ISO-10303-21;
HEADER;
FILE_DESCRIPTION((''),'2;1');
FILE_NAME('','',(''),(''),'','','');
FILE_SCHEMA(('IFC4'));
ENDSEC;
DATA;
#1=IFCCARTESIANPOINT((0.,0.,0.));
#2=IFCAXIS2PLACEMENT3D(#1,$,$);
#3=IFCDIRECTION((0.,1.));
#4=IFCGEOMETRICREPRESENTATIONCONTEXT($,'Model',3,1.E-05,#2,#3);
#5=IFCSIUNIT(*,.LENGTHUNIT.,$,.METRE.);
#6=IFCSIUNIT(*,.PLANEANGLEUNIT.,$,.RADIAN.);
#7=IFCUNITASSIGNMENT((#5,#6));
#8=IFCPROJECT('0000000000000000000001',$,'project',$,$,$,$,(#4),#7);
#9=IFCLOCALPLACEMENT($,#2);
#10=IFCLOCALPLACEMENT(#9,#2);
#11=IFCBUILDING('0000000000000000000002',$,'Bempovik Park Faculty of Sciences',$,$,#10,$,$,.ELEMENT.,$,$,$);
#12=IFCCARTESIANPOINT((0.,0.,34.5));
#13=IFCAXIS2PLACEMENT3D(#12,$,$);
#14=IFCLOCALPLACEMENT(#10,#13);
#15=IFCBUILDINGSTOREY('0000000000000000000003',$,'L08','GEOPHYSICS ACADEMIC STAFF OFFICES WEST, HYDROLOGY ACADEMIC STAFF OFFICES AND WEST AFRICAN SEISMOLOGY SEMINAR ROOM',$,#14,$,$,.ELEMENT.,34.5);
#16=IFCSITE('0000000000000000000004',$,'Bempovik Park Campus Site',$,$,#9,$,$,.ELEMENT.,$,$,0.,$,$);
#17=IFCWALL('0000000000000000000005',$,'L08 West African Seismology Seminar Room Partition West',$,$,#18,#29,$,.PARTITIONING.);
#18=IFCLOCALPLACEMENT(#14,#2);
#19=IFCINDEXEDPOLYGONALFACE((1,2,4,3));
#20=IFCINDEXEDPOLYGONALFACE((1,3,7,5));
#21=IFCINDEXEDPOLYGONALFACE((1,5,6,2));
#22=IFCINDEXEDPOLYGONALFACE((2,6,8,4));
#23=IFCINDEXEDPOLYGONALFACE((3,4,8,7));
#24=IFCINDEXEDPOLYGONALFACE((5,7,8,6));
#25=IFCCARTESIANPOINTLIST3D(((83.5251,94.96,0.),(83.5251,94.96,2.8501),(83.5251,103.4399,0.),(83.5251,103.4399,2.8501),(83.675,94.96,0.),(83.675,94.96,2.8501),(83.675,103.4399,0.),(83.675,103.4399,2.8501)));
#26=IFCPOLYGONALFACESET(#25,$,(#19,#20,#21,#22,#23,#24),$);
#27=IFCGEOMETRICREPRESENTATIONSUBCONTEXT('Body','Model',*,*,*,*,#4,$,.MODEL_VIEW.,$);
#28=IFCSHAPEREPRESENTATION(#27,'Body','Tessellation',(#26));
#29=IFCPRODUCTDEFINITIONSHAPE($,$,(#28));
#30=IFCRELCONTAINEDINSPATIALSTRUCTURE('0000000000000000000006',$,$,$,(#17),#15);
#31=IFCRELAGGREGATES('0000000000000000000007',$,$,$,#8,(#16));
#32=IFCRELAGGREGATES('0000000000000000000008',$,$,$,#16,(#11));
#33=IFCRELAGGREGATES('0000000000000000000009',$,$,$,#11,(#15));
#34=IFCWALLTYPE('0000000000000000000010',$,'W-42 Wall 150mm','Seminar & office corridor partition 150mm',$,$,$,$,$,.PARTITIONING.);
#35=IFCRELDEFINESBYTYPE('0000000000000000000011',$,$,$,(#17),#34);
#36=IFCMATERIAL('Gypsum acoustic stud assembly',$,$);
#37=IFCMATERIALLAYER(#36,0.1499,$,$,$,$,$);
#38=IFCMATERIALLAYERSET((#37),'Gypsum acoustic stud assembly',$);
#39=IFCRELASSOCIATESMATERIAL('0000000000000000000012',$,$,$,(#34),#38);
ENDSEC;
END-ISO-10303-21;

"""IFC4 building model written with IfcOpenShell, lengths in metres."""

from ifc_helpers import new_model, si_unit, direction, frame, frame_2d, origin, place, context, subcontext, project, spatial, rectangle, extrude, material, layer, layer_set, type_object, element, save


model = new_model("IFC4")

# Units and contexts
model_context = context("Model", 3, precision=1e-05, world=origin(), true_north=direction((0.0, 1.0)))
body_context = subcontext(model_context, "Body", "Model", "MODEL_VIEW")
ifc_project = project(units=[si_unit("LENGTHUNIT", "METRE"), si_unit("PLANEANGLEUNIT", "RADIAN")], contexts=[model_context])

# Site, building, storey
site_placement = place(None, origin())
site = spatial("IfcSite", under=ifc_project, at=site_placement, Name="Bempovik Park Campus Site", CompositionType="ELEMENT", RefElevation=0.0)
building_placement = place(site_placement, origin())
building = spatial("IfcBuilding", under=site, at=building_placement, Name="Bempovik Park Faculty of Sciences", CompositionType="ELEMENT")
storey_placement = place(building_placement, frame((0.0, 0.0, 34.5)))
storey = spatial("IfcBuildingStorey", under=building, at=storey_placement, Name="L08", Description="GEOPHYSICS ACADEMIC STAFF OFFICES WEST, HYDROLOGY ACADEMIC STAFF OFFICES AND WEST AFRICAN SEISMOLOGY SEMINAR ROOM", CompositionType="ELEMENT", Elevation=34.5)

# Shared definitions
ifc_material_1 = material(Name="Gypsum acoustic stud assembly")

# Shared definitions
ifc_layer_1 = layer(ifc_material_1, 0.1499)
ifc_layer_set_1 = layer_set([ifc_layer_1], Name="Gypsum acoustic stud assembly")
wall_type_1 = type_object("IfcWallType", Name="W-42 Wall 150mm", Description="Seminar & office corridor partition 150mm", PredefinedType="PARTITIONING", material=ifc_layer_set_1)

# Wall
wall_1_placement = place(storey_placement, frame((83.6001, 94.96, 0.0), z_axis=(0.0, 0.0, 1.0), x_axis=(0.0, 1.0, 0.0)))
element("IfcWall", 1, at=wall_1_placement, inside=storey, type_object=wall_type_1, Name="L08 West African Seismology Seminar Room Partition West", PredefinedType="PARTITIONING", context=body_context, shape_type="SweptSolid", body=[
    extrude(rectangle(XDim=8.48, YDim=0.1499, at=frame_2d((4.24, 0.0))), origin(), (0.0, 0.0, 1.0), 2.8501),
])

save(model, "model.ifc")
